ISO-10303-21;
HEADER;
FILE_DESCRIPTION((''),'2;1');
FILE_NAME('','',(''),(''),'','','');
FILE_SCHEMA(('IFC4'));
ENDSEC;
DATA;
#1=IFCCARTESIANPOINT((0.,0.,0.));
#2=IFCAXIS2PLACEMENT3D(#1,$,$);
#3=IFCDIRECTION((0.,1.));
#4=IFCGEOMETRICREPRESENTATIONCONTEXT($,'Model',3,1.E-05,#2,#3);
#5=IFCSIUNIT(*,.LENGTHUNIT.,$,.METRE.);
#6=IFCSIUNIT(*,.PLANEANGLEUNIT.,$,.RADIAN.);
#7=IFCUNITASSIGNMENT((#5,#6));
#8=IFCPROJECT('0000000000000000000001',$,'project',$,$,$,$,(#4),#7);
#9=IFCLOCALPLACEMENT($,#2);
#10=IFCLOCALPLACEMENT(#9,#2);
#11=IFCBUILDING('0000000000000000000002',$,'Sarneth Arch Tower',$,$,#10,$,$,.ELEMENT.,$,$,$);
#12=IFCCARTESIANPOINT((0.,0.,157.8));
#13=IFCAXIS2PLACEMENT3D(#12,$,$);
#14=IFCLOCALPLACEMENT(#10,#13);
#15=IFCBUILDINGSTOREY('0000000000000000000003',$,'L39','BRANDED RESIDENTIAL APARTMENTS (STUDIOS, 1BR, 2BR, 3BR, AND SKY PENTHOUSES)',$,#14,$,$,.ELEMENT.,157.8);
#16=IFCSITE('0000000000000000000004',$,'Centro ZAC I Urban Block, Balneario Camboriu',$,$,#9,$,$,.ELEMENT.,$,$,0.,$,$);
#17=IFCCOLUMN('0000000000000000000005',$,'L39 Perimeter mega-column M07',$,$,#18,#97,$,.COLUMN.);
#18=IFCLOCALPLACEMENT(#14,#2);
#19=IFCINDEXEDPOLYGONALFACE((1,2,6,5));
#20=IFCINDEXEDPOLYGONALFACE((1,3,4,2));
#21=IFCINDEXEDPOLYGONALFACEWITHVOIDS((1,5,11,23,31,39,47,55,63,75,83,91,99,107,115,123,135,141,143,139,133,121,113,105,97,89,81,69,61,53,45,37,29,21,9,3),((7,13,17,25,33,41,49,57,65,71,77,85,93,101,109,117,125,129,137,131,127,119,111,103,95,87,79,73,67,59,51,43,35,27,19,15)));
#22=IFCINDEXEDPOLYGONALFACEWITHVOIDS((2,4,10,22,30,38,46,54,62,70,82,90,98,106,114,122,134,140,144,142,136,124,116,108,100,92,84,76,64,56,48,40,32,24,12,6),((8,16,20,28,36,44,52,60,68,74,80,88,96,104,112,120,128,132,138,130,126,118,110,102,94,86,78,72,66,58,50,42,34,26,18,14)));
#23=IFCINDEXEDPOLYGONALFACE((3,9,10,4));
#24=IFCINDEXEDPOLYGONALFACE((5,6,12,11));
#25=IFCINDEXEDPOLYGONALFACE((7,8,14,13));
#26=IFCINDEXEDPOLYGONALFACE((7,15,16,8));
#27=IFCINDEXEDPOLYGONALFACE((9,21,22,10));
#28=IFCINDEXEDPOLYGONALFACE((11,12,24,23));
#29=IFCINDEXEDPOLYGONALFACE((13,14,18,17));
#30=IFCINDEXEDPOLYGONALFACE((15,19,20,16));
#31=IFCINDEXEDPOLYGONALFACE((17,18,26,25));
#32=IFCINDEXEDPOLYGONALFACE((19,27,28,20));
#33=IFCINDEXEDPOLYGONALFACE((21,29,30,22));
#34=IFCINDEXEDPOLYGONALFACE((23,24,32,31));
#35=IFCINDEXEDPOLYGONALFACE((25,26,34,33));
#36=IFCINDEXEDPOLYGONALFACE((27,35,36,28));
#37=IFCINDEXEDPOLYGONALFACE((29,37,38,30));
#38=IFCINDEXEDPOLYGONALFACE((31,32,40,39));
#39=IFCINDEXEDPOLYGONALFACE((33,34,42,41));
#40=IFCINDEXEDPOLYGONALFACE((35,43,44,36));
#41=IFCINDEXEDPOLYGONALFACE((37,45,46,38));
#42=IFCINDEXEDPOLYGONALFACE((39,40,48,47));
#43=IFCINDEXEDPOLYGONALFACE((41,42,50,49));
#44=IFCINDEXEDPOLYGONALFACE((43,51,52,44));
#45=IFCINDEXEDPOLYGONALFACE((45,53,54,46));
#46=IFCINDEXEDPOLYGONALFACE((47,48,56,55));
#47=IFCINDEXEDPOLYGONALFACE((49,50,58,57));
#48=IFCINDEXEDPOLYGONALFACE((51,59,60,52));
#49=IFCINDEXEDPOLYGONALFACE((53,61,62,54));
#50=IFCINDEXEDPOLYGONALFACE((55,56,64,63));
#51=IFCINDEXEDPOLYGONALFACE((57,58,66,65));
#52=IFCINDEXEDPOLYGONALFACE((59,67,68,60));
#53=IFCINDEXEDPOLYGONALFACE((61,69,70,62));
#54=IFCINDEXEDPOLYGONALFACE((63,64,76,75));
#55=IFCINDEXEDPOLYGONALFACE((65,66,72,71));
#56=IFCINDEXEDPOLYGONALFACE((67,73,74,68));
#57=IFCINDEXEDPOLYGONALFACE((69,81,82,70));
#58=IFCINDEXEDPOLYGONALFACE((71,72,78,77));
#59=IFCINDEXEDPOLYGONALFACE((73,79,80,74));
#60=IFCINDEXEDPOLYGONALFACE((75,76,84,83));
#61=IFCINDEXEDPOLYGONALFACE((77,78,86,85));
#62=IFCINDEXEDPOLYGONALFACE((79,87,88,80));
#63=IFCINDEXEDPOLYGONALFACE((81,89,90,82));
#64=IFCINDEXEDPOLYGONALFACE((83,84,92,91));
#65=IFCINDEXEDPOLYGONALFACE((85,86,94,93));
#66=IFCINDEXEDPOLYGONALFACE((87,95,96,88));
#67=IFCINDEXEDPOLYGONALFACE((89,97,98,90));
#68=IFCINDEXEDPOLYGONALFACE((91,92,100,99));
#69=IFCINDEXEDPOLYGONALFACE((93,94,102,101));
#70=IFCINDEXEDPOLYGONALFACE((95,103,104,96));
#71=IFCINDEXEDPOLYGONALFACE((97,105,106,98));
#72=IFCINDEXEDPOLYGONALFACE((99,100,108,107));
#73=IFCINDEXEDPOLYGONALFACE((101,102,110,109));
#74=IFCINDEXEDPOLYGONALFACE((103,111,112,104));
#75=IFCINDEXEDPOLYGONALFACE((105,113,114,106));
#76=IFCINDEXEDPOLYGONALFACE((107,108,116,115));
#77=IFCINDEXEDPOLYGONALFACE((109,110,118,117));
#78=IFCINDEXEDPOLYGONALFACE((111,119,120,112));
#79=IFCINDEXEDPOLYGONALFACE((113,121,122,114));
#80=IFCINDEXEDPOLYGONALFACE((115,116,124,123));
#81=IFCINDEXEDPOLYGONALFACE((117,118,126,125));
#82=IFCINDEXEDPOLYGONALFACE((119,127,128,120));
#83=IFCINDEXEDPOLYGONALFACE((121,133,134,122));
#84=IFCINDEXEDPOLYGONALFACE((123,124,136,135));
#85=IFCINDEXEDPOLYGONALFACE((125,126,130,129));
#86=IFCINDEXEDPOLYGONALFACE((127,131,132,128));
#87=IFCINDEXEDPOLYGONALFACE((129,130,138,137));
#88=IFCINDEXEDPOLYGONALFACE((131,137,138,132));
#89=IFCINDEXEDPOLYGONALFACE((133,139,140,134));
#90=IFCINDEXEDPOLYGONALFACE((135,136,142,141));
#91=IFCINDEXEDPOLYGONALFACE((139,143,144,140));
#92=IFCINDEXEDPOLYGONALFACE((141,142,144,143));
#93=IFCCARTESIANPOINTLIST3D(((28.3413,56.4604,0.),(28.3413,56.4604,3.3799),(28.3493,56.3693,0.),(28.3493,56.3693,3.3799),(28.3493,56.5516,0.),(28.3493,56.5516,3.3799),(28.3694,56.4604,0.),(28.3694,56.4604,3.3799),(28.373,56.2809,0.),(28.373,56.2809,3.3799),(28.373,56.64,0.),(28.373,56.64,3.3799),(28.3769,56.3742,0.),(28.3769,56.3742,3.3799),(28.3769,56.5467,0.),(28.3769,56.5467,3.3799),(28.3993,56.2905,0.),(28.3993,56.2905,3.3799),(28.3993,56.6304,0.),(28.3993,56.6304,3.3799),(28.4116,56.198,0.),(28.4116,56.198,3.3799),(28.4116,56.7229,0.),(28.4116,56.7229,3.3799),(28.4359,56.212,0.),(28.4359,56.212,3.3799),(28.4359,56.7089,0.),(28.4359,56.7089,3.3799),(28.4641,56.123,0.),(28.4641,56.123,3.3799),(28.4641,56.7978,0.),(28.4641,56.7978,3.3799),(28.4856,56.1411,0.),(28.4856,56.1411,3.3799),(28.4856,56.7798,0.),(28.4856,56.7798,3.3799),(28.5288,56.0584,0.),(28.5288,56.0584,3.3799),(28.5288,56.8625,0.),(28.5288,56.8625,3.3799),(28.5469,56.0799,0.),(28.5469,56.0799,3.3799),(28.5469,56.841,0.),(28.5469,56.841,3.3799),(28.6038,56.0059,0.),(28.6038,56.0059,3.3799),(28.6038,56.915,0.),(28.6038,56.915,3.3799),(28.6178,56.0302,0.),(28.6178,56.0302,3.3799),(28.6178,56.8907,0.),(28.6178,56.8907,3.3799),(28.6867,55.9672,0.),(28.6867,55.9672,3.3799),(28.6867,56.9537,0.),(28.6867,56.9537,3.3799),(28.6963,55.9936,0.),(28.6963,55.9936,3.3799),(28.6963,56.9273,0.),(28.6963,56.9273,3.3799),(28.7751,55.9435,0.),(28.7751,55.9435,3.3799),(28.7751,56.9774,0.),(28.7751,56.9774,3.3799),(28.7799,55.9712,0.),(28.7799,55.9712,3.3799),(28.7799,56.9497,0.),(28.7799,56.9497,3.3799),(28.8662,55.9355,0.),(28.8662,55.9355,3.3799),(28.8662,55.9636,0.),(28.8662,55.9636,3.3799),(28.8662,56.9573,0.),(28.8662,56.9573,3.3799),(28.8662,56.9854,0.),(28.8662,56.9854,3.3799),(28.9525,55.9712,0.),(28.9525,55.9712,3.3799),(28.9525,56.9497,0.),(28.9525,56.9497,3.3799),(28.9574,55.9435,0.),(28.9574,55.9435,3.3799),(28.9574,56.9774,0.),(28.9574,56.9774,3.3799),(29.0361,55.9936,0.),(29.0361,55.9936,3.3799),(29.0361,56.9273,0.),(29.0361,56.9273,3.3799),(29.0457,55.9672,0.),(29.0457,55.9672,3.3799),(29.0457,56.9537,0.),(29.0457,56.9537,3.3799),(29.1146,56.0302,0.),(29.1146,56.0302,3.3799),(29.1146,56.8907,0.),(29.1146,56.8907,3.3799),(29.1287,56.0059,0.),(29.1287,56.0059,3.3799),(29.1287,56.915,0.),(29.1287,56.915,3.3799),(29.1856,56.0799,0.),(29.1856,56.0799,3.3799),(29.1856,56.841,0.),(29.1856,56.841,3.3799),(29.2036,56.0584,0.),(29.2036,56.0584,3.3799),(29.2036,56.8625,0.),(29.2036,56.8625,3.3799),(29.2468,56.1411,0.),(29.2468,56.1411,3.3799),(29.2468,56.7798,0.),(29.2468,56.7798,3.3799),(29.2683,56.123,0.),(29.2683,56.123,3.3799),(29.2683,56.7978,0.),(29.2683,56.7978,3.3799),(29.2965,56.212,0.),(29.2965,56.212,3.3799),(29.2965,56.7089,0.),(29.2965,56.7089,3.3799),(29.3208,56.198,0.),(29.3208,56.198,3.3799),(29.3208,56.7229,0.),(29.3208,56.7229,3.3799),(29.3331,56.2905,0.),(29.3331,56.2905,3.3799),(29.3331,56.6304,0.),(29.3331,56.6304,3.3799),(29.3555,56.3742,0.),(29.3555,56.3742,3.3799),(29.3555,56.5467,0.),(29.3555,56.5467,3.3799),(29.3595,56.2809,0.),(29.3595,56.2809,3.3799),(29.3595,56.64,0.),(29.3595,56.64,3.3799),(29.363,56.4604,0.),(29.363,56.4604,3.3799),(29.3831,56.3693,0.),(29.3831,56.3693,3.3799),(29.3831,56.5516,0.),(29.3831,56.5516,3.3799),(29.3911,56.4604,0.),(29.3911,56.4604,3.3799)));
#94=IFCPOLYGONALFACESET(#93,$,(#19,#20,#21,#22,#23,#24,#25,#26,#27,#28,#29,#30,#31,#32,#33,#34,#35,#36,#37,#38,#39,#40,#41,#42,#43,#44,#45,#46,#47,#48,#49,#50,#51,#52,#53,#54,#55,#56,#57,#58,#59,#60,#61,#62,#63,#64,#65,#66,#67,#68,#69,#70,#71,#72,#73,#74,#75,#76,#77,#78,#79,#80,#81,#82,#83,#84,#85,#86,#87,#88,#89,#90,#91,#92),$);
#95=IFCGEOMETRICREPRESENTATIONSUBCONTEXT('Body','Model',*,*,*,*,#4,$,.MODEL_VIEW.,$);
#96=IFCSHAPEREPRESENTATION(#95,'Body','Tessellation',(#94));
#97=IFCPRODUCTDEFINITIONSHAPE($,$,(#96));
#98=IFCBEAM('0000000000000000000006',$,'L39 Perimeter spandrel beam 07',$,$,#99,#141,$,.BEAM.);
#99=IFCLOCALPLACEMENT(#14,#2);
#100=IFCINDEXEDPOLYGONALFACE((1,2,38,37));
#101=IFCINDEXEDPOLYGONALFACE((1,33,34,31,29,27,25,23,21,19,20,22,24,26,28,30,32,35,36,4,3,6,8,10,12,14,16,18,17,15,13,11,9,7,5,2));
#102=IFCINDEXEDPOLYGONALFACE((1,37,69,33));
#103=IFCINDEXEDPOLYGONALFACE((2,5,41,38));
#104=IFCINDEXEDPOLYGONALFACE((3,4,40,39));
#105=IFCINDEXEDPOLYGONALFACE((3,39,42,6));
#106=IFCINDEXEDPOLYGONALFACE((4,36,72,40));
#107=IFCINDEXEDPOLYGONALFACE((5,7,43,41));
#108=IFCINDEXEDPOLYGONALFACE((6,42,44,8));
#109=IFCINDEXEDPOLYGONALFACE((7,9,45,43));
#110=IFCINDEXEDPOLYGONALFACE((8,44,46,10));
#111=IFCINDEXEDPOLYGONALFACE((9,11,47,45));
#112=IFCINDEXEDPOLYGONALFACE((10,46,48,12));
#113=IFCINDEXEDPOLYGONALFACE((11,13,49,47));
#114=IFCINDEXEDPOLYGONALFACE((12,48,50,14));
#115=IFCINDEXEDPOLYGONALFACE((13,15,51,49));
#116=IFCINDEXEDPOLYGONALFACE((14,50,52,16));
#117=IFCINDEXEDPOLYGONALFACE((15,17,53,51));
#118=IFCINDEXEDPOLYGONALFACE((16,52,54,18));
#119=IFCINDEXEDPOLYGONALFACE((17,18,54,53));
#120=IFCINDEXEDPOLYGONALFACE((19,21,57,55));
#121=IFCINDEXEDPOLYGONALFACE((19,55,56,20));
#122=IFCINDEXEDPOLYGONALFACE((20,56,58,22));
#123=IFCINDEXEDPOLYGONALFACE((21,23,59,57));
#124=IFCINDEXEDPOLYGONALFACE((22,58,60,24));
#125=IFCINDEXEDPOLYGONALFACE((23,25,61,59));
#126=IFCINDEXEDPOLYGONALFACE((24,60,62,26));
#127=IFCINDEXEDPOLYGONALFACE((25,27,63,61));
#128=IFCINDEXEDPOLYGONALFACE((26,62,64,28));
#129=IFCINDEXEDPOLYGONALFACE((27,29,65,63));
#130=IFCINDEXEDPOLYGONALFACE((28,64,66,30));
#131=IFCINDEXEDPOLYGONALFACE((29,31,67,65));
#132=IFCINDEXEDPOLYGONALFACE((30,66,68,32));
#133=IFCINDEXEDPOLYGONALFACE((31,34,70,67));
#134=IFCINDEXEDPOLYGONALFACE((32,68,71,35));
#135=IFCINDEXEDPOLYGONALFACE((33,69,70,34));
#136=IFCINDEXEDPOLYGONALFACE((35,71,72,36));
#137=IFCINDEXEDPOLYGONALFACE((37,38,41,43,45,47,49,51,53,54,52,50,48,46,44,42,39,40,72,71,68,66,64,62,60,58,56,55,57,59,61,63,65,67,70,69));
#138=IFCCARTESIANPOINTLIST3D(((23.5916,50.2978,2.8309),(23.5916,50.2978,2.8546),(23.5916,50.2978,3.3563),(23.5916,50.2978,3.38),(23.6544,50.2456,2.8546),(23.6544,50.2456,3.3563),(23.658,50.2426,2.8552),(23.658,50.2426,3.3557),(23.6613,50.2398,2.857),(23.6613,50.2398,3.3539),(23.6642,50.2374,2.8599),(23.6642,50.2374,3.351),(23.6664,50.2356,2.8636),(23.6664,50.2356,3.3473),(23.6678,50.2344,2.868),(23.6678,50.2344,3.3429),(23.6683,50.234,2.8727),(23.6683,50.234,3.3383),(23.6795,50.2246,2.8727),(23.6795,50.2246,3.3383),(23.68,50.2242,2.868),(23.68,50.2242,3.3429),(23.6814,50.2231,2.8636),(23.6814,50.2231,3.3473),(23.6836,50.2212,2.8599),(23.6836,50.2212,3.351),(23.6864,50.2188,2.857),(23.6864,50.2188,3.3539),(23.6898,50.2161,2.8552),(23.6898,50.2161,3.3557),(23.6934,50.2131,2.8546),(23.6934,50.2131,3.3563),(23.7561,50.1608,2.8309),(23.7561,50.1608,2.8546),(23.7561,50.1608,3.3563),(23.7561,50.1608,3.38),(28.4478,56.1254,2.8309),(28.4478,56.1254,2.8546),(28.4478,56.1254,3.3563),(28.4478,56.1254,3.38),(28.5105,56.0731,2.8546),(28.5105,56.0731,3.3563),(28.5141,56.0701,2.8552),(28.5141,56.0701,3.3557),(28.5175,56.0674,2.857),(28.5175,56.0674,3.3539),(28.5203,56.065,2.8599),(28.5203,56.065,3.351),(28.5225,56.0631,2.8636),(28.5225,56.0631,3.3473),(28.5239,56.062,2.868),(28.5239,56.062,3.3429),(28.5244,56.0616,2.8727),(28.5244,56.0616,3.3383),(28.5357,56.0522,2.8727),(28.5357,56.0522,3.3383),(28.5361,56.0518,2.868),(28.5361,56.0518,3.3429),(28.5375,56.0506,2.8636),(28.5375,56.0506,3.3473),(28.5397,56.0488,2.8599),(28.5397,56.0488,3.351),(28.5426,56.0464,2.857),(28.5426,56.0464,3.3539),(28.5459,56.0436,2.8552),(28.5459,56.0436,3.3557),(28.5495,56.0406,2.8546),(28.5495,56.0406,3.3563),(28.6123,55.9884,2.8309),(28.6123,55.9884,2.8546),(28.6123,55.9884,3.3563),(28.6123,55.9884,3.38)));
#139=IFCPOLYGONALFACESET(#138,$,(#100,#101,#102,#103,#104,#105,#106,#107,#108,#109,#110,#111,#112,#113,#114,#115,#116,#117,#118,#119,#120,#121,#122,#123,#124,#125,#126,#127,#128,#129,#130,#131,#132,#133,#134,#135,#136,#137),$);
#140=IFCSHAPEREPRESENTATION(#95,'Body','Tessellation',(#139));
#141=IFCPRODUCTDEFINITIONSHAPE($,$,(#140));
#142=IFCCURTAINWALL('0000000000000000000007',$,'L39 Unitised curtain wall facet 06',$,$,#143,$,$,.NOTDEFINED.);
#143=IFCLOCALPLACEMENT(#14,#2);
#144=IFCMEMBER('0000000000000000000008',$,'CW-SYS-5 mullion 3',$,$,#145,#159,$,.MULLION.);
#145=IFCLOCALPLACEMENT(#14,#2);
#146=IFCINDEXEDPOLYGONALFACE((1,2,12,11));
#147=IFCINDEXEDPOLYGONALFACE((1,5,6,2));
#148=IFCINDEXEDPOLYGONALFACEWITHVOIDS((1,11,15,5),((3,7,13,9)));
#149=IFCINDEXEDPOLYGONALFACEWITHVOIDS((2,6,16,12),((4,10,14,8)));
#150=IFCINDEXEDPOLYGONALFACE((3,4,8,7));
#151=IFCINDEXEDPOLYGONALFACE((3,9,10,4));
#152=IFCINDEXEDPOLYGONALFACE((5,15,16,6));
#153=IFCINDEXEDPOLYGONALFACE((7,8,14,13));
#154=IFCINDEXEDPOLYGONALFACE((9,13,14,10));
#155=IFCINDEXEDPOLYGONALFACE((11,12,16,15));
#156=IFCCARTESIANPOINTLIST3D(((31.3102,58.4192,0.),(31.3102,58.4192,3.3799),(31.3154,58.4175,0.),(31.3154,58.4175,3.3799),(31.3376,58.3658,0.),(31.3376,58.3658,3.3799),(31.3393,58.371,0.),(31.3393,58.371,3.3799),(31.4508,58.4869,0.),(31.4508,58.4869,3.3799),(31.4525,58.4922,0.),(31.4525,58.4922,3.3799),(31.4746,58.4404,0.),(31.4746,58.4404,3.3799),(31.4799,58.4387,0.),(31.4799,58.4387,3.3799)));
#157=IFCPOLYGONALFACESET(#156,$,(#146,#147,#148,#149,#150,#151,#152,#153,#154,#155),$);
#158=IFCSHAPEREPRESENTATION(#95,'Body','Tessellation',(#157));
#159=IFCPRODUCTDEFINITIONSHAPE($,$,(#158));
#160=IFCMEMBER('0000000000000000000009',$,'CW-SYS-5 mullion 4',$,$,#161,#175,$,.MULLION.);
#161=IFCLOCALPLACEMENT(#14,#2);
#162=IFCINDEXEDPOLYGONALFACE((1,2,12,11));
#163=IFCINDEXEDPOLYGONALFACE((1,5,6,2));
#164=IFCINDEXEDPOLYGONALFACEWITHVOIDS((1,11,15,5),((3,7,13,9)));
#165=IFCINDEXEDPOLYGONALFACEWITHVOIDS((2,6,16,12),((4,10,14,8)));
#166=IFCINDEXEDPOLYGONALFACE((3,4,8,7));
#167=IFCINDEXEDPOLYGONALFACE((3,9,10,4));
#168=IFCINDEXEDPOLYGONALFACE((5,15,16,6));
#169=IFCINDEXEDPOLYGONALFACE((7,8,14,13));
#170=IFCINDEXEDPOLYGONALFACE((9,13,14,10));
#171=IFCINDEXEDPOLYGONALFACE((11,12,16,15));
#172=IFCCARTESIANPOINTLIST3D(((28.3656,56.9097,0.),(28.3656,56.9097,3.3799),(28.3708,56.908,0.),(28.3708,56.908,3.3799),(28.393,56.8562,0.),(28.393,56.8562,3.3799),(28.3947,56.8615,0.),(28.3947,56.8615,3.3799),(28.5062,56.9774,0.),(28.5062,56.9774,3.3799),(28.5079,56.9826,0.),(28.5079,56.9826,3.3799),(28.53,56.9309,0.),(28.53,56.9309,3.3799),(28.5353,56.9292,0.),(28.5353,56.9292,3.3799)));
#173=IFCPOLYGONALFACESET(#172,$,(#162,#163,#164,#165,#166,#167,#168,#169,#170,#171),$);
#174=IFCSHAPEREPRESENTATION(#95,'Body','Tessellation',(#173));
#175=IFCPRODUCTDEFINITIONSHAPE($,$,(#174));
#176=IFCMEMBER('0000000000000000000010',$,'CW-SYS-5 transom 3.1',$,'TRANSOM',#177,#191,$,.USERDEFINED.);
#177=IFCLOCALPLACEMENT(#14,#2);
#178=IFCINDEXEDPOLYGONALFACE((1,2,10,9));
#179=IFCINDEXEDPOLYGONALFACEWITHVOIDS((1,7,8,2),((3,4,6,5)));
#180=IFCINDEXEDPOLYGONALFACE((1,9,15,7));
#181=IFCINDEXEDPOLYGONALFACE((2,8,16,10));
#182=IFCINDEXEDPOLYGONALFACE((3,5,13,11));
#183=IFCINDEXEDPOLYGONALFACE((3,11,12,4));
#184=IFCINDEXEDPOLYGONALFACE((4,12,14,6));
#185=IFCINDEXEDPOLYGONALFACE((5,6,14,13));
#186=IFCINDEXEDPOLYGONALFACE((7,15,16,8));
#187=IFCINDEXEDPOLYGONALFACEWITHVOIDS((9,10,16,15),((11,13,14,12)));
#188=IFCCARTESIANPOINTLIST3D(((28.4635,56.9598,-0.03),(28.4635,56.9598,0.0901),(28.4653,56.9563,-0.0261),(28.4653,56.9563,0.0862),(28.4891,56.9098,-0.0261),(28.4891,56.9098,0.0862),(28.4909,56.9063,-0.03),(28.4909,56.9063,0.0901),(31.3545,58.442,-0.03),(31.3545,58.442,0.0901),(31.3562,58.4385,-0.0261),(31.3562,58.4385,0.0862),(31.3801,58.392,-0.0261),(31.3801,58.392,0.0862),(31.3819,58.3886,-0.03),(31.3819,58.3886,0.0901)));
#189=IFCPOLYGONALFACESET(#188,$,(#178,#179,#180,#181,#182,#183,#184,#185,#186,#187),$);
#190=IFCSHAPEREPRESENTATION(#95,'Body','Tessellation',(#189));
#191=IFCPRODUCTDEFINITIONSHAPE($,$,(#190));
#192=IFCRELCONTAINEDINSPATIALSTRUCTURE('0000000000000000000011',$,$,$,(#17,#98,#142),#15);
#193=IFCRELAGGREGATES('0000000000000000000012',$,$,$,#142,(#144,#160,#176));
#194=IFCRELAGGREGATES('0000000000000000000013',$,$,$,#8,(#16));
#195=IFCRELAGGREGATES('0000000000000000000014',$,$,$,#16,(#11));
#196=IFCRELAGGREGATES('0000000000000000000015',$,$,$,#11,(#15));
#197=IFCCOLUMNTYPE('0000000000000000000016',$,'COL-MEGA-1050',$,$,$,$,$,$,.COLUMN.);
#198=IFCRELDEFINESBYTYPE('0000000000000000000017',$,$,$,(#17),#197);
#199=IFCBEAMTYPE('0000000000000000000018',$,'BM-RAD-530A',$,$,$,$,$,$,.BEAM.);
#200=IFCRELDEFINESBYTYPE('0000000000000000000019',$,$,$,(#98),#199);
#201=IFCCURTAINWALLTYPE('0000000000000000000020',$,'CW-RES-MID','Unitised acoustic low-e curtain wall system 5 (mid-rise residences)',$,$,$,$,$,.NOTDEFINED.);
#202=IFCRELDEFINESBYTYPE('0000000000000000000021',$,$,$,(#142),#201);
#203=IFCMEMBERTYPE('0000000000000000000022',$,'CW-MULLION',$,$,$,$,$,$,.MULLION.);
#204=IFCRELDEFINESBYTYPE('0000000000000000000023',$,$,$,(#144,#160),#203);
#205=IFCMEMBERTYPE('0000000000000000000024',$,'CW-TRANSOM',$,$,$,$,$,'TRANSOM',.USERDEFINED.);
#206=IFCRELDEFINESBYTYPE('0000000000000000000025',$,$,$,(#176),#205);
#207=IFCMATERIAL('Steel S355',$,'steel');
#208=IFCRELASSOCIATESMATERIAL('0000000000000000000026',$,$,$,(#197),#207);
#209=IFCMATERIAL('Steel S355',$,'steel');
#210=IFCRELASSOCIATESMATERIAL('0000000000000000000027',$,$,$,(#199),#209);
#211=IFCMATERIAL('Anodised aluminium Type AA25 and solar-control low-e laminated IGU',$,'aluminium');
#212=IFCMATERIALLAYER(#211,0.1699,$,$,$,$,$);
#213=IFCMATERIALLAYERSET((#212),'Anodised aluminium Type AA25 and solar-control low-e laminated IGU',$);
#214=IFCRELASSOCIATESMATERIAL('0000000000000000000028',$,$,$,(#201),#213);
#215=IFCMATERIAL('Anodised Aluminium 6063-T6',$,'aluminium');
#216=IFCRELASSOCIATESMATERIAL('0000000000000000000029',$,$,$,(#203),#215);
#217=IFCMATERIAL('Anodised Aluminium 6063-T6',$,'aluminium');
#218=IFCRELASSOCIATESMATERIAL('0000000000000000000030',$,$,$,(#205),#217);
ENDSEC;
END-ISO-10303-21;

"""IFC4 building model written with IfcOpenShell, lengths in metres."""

from ifc_helpers import new_model, si_unit, direction, frame, origin, origin_2d, place, context, subcontext, project, spatial, hollow_rectangle, hollow_circle, i_section, extrude, material, layer, layer_set, material_profile, profile_set, type_object, element, aggregate, save


model = new_model("IFC4")

# Units and contexts
model_context = context("Model", 3, precision=1e-05, world=origin(), true_north=direction((0.0, 1.0)))
body_context = subcontext(model_context, "Body", "Model", "MODEL_VIEW")
ifc_project = project(units=[si_unit("LENGTHUNIT", "METRE"), si_unit("PLANEANGLEUNIT", "RADIAN")], contexts=[model_context])

# Site, building, storey
site_placement = place(None, origin())
site = spatial("IfcSite", under=ifc_project, at=site_placement, Name="Centro ZAC I Urban Block, Balneario Camboriu", CompositionType="ELEMENT", RefElevation=0.0)
building_placement = place(site_placement, origin())
building = spatial("IfcBuilding", under=site, at=building_placement, Name="Sarneth Arch Tower", CompositionType="ELEMENT")
storey_placement = place(building_placement, frame((0.0, 0.0, 157.8)))
storey = spatial("IfcBuildingStorey", under=building, at=storey_placement, Name="L39", Description="BRANDED RESIDENTIAL APARTMENTS (STUDIOS, 1BR, 2BR, 3BR, AND SKY PENTHOUSES)", CompositionType="ELEMENT", Elevation=157.8)

# Column
ifc_material_1 = material(Name="Steel S355", Category="steel")
ifc_material_profile_1 = material_profile(ifc_material_1, hollow_circle(Radius=0.5249, WallThickness=0.0281, at=origin_2d()), Name="CHS1050x28")
ifc_profile_set_1 = profile_set([ifc_material_profile_1], Name="Steel S355")
column_type = type_object("IfcColumnType", Name="COL-MEGA-1050", PredefinedType="COLUMN", material=ifc_profile_set_1)
column_placement = place(storey_placement, frame((28.8662, 56.4604, 0.0), z_axis=(0.0, 0.0, 1.0), x_axis=(1.0, 0.0, 0.0)))
element("IfcColumn", 1, at=column_placement, inside=storey, type_object=column_type, Name="L39 Perimeter mega-column M07", PredefinedType="COLUMN", context=body_context, shape_type="SweptSolid", body=[
    extrude(hollow_circle(Radius=0.5249, WallThickness=0.0281, at=origin_2d()), origin(), (0.0, 0.0, 1.0), 3.3799),
])

# Beam
ifc_material_2 = material(Name="Steel S355", Category="steel")
ifc_material_profile_2 = material_profile(ifc_material_2, i_section(OverallWidth=0.2141, OverallDepth=0.5491, WebThickness=0.0146, FlangeThickness=0.0237, FilletRadius=0.0181, at=origin_2d()), Name="W530x138")
ifc_profile_set_2 = profile_set([ifc_material_profile_2], Name="Steel S355")
beam_type = type_object("IfcBeamType", Name="BM-RAD-530A", PredefinedType="BEAM", material=ifc_profile_set_2)
beam_placement = place(storey_placement, frame((28.53, 56.0569, 3.1055), z_axis=(-0.640172, -0.768232, 0.0), x_axis=(0.768232, -0.640172, 0.0)))
element("IfcBeam", 2, at=beam_placement, inside=storey, type_object=beam_type, Name="L39 Perimeter spandrel beam 07", PredefinedType="BEAM", context=body_context, shape_type="SweptSolid", body=[
    extrude(i_section(OverallWidth=0.2141, OverallDepth=0.5491, WebThickness=0.0146, FlangeThickness=0.0237, FilletRadius=0.0181, at=origin_2d()), origin(), (0.0, 0.0, 1.0), 7.5857),
])

# Curtain wall, members
ifc_material_3 = material(Name="Anodised aluminium Type AA25 and solar-control low-e laminated IGU", Category="aluminium")
ifc_layer_1 = layer(ifc_material_3, 0.1699)
ifc_layer_set_1 = layer_set([ifc_layer_1], Name="Anodised aluminium Type AA25 and solar-control low-e laminated IGU")
curtain_wall_type = type_object("IfcCurtainWallType", Name="CW-RES-MID", Description="Unitised acoustic low-e curtain wall system 5 (mid-rise residences)", PredefinedType="NOTDEFINED", material=ifc_layer_set_1)
curtain_wall_placement = place(storey_placement, origin())
curtain_wall = element("IfcCurtainWall", 3, at=curtain_wall_placement, inside=storey, type_object=curtain_wall_type, Name="L39 Unitised curtain wall facet 06", PredefinedType="NOTDEFINED")
ifc_material_4 = material(Name="Anodised Aluminium 6063-T6", Category="aluminium")
ifc_material_profile_3 = material_profile(ifc_material_4, hollow_rectangle(XDim=0.0601, YDim=0.1599, WallThickness=0.0039, at=origin_2d()), Name="AL-MULL-160x60x4")
ifc_profile_set_3 = profile_set([ifc_material_profile_3], Name="Anodised Aluminium 6063-T6")
member_type_1 = type_object("IfcMemberType", Name="CW-MULLION", PredefinedType="MULLION", material=ifc_profile_set_3)
member_1_placement = place(storey_placement, frame((31.395, 58.429, 0.0), z_axis=(0.0, 0.0, 1.0), x_axis=(0.456208, -0.889873, 0.0)))
member_1 = element("IfcMember", 4, at=member_1_placement, type_object=member_type_1, Name="CW-SYS-5 mullion 3", PredefinedType="MULLION", context=body_context, shape_type="SweptSolid", body=[
    extrude(hollow_rectangle(XDim=0.0601, YDim=0.1599, WallThickness=0.0039, at=origin_2d()), origin(), (0.0, 0.0, 1.0), 3.3799),
])
member_2_placement = place(storey_placement, frame((28.4504, 56.9194, 0.0), z_axis=(0.0, 0.0, 1.0), x_axis=(0.456208, -0.889873, 0.0)))
member_2 = element("IfcMember", 5, at=member_2_placement, type_object=member_type_1, Name="CW-SYS-5 mullion 4", PredefinedType="MULLION", context=body_context, shape_type="SweptSolid", body=[
    extrude(hollow_rectangle(XDim=0.0601, YDim=0.1599, WallThickness=0.0039, at=origin_2d()), origin(), (0.0, 0.0, 1.0), 3.3799),
])
ifc_material_5 = material(Name="Anodised Aluminium 6063-T6", Category="aluminium")
ifc_material_profile_4 = material_profile(ifc_material_5, hollow_rectangle(XDim=0.0601, YDim=0.1201, WallThickness=0.0039, at=origin_2d()), Name="AL-TRAN-120x60x4")
ifc_profile_set_4 = profile_set([ifc_material_profile_4], Name="Anodised Aluminium 6063-T6")
member_type_2 = type_object("IfcMemberType", Name="CW-TRANSOM", ElementType="TRANSOM", PredefinedType="USERDEFINED", material=ifc_profile_set_4)
member_3_placement = place(storey_placement, frame((31.3682, 58.4153, 0.03), z_axis=(-0.889857, -0.456239, 0.0), x_axis=(0.456239, -0.889857, 0.0)))
member_3 = element("IfcMember", 6, at=member_3_placement, type_object=member_type_2, Name="CW-SYS-5 transom 3.1", ObjectType="TRANSOM", PredefinedType="USERDEFINED", context=body_context, shape_type="SweptSolid", body=[
    extrude(hollow_rectangle(XDim=0.0601, YDim=0.1201, WallThickness=0.0039, at=origin_2d()), origin(), (0.0, 0.0, 1.0), 3.2488),
])

aggregate(curtain_wall, [member_1, member_2, member_3])

save(model, "model.ifc")
